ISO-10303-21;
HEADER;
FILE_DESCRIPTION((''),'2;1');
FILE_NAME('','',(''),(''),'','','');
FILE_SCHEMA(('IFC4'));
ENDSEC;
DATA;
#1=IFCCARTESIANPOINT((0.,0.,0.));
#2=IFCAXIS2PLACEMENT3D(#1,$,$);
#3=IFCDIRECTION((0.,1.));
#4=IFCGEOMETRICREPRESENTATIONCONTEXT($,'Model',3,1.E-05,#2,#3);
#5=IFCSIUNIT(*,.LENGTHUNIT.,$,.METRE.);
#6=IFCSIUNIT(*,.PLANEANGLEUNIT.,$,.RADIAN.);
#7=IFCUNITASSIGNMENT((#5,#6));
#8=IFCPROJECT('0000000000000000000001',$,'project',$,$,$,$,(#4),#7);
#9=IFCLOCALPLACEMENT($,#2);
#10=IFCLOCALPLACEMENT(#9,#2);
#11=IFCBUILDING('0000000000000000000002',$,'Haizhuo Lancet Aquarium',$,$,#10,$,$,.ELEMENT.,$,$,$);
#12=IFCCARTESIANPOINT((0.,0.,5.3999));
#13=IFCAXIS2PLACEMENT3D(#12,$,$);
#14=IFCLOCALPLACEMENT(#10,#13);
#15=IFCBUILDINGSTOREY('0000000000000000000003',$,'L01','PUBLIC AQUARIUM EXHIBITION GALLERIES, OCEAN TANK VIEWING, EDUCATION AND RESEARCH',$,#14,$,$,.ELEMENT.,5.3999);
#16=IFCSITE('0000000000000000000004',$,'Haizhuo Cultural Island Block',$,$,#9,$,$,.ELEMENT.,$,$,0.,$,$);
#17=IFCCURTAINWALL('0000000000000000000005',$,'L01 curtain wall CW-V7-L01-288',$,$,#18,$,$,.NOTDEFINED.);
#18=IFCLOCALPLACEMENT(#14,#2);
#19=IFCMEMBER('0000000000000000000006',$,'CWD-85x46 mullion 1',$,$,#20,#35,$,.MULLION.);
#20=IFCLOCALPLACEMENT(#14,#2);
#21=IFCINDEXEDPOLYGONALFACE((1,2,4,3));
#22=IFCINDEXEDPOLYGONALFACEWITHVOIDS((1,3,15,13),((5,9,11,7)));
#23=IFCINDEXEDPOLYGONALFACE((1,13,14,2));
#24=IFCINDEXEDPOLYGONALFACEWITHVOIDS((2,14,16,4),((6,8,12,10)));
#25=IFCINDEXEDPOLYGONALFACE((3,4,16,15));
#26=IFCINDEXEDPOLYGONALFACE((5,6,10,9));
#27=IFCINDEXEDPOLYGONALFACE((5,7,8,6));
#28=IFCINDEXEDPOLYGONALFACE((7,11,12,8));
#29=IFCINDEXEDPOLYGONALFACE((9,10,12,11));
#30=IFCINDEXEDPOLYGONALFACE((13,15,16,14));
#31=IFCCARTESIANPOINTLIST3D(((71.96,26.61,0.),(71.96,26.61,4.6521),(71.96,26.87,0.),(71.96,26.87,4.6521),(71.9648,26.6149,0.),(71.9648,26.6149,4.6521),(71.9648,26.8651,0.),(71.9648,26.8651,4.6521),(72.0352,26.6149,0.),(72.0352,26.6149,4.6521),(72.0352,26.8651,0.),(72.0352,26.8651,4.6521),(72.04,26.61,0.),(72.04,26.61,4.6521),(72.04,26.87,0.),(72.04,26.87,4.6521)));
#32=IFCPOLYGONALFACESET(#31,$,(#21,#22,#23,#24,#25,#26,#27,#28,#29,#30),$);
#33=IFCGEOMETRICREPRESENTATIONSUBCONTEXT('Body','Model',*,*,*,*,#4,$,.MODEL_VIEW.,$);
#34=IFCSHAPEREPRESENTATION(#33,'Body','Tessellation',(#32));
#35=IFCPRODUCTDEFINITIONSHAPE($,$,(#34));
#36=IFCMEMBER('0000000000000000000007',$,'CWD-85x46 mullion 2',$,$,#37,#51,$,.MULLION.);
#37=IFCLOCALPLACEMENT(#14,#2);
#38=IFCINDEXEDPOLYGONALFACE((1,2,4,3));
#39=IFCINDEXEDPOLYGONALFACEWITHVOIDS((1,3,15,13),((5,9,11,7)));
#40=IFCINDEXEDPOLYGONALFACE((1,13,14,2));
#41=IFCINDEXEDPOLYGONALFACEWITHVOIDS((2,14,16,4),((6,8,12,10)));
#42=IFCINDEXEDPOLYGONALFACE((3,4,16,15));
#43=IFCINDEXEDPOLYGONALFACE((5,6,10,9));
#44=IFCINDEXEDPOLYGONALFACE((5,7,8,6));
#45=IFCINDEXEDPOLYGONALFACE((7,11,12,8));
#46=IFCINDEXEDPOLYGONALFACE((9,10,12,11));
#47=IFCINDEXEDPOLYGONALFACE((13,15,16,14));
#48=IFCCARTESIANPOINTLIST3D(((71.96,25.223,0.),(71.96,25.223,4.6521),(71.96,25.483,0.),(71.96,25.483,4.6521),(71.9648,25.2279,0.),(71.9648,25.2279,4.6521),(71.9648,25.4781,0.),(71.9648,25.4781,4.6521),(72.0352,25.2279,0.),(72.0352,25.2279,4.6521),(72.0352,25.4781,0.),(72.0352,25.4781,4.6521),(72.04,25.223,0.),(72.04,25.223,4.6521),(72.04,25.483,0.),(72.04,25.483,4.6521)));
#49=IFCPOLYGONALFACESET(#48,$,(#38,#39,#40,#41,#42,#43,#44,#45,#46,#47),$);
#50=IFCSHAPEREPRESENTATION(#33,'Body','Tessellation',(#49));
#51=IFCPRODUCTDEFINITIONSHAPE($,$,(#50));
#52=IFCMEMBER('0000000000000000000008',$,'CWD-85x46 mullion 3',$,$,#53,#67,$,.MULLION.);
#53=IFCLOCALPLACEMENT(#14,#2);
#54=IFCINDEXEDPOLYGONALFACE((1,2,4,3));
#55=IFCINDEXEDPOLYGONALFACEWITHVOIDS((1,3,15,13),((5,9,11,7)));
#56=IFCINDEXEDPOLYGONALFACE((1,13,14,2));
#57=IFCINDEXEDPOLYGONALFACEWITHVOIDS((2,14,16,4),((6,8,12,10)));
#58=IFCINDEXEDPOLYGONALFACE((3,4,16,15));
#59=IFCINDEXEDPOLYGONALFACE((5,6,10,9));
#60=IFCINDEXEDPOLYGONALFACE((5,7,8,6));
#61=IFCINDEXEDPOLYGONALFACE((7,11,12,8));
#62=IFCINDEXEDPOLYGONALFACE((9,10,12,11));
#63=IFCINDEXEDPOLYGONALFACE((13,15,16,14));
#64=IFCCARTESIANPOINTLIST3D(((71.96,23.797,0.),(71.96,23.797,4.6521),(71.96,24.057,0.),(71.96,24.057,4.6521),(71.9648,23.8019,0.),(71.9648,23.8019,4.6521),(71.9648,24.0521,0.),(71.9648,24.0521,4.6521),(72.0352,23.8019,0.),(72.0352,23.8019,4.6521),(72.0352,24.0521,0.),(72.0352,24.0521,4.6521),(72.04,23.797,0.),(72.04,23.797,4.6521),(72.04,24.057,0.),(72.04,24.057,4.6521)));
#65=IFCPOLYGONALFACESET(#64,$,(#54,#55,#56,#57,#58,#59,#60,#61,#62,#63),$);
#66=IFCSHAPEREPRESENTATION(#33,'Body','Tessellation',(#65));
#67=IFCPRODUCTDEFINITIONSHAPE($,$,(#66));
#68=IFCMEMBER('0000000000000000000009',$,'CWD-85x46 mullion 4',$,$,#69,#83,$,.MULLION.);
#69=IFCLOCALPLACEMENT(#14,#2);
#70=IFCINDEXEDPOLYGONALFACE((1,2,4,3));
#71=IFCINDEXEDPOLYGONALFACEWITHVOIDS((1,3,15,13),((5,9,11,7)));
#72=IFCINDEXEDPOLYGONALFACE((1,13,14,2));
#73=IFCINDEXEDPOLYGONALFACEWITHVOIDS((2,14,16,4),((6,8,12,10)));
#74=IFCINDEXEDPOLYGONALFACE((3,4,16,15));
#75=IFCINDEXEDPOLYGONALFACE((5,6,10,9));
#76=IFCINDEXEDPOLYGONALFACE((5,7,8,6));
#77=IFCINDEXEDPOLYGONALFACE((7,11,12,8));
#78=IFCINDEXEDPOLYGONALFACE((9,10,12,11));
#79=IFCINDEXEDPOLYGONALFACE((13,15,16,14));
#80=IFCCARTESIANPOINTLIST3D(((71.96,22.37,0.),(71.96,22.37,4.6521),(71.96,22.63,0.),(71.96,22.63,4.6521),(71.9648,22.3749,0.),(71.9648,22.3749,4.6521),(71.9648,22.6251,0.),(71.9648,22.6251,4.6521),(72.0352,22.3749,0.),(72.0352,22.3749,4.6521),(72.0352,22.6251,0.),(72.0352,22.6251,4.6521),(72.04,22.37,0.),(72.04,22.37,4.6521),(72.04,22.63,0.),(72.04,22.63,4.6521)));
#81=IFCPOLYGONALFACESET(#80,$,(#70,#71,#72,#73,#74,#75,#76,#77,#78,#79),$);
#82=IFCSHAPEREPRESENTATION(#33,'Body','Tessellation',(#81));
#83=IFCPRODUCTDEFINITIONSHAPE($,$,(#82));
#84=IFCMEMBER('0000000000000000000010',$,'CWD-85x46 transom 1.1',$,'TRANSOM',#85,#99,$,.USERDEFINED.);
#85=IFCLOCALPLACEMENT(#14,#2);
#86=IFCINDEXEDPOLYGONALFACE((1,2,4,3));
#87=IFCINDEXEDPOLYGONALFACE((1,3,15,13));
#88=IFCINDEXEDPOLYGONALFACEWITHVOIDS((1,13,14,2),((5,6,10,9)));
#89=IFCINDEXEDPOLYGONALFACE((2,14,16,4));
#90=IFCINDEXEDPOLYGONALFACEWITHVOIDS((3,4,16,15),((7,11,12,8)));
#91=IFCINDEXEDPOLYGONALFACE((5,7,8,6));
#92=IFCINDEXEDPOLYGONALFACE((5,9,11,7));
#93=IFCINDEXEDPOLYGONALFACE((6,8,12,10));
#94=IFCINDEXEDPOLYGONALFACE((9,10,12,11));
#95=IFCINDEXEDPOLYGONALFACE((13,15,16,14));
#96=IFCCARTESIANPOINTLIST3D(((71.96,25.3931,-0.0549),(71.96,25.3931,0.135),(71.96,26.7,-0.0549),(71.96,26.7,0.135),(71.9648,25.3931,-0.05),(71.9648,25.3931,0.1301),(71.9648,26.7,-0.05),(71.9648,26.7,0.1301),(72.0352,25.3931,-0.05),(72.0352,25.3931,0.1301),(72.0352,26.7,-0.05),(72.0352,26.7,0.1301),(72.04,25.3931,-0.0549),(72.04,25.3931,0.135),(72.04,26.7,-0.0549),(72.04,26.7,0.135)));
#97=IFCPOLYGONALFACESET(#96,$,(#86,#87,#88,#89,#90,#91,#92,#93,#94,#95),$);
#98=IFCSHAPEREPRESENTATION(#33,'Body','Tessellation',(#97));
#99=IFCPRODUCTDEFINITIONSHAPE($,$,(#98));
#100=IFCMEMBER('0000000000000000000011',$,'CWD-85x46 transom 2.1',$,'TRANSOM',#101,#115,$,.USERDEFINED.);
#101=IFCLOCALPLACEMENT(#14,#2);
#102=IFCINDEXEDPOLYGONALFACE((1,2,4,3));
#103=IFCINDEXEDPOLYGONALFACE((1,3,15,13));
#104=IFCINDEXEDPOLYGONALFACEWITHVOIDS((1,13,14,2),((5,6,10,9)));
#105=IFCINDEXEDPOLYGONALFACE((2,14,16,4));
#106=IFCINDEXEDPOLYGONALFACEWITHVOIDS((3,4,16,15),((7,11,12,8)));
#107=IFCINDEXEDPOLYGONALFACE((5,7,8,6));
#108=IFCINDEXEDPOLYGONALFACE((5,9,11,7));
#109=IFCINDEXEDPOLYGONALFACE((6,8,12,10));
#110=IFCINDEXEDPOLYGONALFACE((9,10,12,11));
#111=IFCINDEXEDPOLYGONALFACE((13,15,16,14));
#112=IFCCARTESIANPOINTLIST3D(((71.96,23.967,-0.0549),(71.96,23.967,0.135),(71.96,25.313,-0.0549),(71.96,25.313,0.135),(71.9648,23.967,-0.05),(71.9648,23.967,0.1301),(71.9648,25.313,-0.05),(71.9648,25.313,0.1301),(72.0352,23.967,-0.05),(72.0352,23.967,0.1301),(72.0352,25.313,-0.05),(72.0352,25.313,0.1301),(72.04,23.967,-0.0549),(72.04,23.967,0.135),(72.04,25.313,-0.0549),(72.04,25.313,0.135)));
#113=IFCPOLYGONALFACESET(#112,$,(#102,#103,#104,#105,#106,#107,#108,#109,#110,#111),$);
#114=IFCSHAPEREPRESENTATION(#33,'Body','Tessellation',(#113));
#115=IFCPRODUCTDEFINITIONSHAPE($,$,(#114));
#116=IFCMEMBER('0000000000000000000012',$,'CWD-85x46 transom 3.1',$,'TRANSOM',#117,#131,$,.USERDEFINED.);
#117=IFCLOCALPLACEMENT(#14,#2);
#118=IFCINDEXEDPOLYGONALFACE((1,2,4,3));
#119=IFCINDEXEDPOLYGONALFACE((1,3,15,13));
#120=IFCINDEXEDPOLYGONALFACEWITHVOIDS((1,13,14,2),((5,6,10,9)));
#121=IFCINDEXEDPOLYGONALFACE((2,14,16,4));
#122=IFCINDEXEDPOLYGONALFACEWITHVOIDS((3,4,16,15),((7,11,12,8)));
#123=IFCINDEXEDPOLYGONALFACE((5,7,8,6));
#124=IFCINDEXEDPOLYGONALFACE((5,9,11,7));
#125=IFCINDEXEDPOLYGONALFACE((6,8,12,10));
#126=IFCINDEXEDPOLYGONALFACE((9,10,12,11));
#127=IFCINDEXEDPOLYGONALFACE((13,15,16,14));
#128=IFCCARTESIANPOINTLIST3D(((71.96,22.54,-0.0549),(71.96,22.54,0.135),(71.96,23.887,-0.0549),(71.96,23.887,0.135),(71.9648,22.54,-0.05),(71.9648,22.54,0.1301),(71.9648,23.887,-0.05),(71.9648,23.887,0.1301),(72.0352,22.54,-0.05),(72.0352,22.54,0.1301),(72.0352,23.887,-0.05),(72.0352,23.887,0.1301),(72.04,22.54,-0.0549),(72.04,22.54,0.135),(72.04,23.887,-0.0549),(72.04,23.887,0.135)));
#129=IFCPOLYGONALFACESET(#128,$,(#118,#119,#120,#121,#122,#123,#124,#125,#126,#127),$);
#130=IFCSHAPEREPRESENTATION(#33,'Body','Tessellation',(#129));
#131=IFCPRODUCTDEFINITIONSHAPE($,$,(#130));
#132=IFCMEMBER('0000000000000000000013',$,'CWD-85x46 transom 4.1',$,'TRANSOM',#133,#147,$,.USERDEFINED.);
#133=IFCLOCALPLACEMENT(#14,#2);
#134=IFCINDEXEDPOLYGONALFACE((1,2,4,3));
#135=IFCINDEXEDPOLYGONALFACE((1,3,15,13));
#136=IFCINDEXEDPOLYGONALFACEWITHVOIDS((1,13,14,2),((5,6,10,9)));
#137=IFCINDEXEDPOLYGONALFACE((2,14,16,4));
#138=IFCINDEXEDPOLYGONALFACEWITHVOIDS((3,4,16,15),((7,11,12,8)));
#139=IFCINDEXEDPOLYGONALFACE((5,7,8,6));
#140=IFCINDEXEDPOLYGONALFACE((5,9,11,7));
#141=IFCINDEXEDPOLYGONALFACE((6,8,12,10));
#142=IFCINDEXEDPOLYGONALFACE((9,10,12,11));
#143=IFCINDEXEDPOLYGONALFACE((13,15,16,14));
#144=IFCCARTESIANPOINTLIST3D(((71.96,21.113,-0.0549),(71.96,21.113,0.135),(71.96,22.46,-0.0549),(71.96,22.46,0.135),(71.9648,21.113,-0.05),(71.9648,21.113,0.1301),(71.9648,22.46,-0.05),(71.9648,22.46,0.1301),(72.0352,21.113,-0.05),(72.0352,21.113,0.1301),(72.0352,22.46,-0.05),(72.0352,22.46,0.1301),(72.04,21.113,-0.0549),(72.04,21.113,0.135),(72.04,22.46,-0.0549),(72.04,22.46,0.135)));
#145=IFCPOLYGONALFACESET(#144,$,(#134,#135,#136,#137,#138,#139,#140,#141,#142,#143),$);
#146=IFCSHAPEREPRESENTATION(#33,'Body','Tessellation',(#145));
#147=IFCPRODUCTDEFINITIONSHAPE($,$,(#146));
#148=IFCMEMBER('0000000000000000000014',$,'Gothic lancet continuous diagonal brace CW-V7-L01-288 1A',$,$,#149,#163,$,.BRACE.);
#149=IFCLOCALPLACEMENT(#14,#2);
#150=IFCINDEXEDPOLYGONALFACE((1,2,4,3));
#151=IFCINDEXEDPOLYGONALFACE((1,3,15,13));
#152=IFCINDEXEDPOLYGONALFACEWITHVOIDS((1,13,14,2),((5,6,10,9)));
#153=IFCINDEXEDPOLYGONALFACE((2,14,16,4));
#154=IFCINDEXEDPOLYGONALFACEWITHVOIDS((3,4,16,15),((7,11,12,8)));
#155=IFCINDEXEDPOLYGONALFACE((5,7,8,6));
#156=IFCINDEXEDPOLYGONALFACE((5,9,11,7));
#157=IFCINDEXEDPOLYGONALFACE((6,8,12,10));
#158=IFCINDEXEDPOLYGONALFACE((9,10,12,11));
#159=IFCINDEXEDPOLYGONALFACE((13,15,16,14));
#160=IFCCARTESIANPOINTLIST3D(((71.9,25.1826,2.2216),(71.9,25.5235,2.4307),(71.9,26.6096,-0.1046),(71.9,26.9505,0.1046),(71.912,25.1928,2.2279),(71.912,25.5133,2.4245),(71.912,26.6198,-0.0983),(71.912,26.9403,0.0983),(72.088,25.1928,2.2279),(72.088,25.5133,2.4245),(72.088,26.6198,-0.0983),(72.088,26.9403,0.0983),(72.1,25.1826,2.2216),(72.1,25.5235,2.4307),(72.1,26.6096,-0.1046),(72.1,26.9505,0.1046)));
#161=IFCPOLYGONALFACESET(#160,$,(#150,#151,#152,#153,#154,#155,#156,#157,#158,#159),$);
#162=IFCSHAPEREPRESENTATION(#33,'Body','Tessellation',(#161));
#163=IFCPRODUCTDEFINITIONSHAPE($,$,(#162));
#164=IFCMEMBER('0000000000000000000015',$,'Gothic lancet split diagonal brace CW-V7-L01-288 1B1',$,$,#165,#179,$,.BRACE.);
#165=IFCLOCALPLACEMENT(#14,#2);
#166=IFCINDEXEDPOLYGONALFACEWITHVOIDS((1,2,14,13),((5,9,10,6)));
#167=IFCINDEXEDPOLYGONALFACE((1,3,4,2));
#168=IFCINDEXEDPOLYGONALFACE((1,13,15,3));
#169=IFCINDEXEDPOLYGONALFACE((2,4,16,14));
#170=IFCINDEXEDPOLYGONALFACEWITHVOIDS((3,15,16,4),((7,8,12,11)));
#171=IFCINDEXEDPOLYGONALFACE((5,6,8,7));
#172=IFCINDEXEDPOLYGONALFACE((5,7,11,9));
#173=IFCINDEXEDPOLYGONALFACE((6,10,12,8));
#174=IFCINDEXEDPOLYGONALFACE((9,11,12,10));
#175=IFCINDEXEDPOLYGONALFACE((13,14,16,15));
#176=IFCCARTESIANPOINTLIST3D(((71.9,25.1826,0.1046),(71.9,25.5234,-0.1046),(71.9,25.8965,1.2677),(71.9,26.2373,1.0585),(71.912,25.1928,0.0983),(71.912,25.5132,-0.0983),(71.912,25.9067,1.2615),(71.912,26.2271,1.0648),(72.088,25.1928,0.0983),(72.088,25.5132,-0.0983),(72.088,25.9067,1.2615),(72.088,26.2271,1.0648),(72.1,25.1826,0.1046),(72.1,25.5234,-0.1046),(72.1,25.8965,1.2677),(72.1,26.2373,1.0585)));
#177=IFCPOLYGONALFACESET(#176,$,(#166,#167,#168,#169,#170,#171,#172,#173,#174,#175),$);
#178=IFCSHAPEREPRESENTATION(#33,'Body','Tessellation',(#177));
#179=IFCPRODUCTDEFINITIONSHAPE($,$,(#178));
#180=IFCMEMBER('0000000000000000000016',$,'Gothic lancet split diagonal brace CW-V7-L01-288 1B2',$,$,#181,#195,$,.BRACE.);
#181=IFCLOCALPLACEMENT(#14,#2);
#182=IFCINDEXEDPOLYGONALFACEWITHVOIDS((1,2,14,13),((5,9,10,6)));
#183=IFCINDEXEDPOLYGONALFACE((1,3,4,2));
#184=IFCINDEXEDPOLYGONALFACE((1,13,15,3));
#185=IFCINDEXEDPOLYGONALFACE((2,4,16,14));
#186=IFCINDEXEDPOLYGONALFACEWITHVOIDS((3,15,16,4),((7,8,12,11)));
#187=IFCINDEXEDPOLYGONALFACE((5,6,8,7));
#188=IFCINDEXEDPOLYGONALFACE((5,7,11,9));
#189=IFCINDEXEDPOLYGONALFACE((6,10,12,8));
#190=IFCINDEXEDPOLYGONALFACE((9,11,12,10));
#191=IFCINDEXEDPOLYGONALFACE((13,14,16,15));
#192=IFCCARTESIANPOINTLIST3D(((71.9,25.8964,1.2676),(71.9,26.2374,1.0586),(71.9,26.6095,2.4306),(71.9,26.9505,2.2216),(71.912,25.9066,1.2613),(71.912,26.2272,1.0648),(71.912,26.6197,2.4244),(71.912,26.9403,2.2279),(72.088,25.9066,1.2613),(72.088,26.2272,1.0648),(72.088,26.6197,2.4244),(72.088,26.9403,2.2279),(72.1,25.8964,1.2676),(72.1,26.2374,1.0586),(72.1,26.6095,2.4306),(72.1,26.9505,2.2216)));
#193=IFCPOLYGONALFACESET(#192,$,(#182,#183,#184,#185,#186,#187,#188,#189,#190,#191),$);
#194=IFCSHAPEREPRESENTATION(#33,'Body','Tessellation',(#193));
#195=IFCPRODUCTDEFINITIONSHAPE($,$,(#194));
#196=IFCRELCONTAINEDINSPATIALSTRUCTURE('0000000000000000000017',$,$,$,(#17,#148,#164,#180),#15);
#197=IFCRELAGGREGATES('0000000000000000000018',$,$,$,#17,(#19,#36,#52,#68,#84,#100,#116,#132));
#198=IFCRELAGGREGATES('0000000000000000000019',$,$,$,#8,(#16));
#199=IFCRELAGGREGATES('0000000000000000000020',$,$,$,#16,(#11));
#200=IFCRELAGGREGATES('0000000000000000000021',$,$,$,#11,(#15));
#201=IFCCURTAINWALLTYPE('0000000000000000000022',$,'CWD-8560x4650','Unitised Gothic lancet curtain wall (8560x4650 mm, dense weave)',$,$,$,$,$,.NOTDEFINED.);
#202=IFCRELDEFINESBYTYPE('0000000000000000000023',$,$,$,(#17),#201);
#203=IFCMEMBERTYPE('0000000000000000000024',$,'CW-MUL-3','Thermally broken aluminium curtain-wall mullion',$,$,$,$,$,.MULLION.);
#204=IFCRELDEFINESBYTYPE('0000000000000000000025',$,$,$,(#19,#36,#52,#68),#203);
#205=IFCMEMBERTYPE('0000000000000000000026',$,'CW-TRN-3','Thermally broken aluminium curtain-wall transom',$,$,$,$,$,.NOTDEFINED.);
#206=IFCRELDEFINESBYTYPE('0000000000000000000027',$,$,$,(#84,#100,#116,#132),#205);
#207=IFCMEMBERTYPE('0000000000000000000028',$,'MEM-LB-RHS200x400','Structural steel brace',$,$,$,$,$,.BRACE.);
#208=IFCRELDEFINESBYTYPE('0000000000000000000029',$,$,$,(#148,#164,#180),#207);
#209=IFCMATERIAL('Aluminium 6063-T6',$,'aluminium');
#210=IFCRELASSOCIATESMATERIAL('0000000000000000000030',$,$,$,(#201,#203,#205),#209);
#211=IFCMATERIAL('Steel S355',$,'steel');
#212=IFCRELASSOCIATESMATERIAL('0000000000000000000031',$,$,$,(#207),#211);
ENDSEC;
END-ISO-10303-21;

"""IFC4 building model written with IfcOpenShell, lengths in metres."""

from ifc_helpers import new_model, si_unit, direction, frame, origin, origin_2d, place, context, subcontext, project, spatial, hollow_rectangle, extrude, material, material_profile, profile_set, type_object, element, aggregate, save


model = new_model("IFC4")

# Units and contexts
model_context = context("Model", 3, precision=1e-05, world=origin(), true_north=direction((0.0, 1.0)))
body_context = subcontext(model_context, "Body", "Model", "MODEL_VIEW")
ifc_project = project(units=[si_unit("LENGTHUNIT", "METRE"), si_unit("PLANEANGLEUNIT", "RADIAN")], contexts=[model_context])

# Site, building, storey
site_placement = place(None, origin())
site = spatial("IfcSite", under=ifc_project, at=site_placement, Name="Haizhuo Cultural Island Block", CompositionType="ELEMENT", RefElevation=0.0)
building_placement = place(site_placement, origin())
building = spatial("IfcBuilding", under=site, at=building_placement, Name="Haizhuo Lancet Aquarium", CompositionType="ELEMENT")
storey_placement = place(building_placement, frame((0.0, 0.0, 5.3999)))
storey = spatial("IfcBuildingStorey", under=building, at=storey_placement, Name="L01", Description="PUBLIC AQUARIUM EXHIBITION GALLERIES, OCEAN TANK VIEWING, EDUCATION AND RESEARCH", CompositionType="ELEMENT", Elevation=5.3999)

# Curtain wall, members
ifc_material_1 = material(Name="Aluminium 6063-T6", Category="aluminium")
curtain_wall_type = type_object("IfcCurtainWallType", Name="CWD-8560x4650", Description="Unitised Gothic lancet curtain wall (8560x4650 mm, dense weave)", PredefinedType="NOTDEFINED", material=ifc_material_1)
curtain_wall_placement = place(storey_placement, origin())
curtain_wall = element("IfcCurtainWall", 1, at=curtain_wall_placement, inside=storey, type_object=curtain_wall_type, Name="L01 curtain wall CW-V7-L01-288", PredefinedType="NOTDEFINED")
ifc_material_profile_1 = material_profile(ifc_material_1, hollow_rectangle(XDim=0.0801, YDim=0.26, WallThickness=0.0049, at=origin_2d()), Name="ALU-M 80x260x5")
ifc_profile_set_1 = profile_set([ifc_material_profile_1], Name="Aluminium 6063-T6")
member_type_1 = type_object("IfcMemberType", Name="CW-MUL-3", Description="Thermally broken aluminium curtain-wall mullion", PredefinedType="MULLION", material=ifc_profile_set_1)
member_1_placement = place(storey_placement, frame((72.0, 26.74, 0.0), z_axis=(0.0, 0.0, 1.0), x_axis=(1.0, 0.0, 0.0)))
member_1 = element("IfcMember", 2, at=member_1_placement, type_object=member_type_1, Name="CWD-85x46 mullion 1", PredefinedType="MULLION", context=body_context, shape_type="SweptSolid", body=[
    extrude(hollow_rectangle(XDim=0.0801, YDim=0.26, WallThickness=0.0049, at=origin_2d()), origin(), (0.0, 0.0, 1.0), 4.6521),
])
member_2_placement = place(storey_placement, frame((72.0, 25.353, 0.0), z_axis=(0.0, 0.0, 1.0), x_axis=(1.0, 0.0, 0.0)))
member_2 = element("IfcMember", 3, at=member_2_placement, type_object=member_type_1, Name="CWD-85x46 mullion 2", PredefinedType="MULLION", context=body_context, shape_type="SweptSolid", body=[
    extrude(hollow_rectangle(XDim=0.0801, YDim=0.26, WallThickness=0.0049, at=origin_2d()), origin(), (0.0, 0.0, 1.0), 4.6521),
])
member_3_placement = place(storey_placement, frame((72.0, 23.927, 0.0), z_axis=(0.0, 0.0, 1.0), x_axis=(1.0, 0.0, 0.0)))
member_3 = element("IfcMember", 4, at=member_3_placement, type_object=member_type_1, Name="CWD-85x46 mullion 3", PredefinedType="MULLION", context=body_context, shape_type="SweptSolid", body=[
    extrude(hollow_rectangle(XDim=0.0801, YDim=0.26, WallThickness=0.0049, at=origin_2d()), origin(), (0.0, 0.0, 1.0), 4.6521),
])
member_4_placement = place(storey_placement, frame((72.0, 22.5, 0.0), z_axis=(0.0, 0.0, 1.0), x_axis=(1.0, 0.0, 0.0)))
member_4 = element("IfcMember", 5, at=member_4_placement, type_object=member_type_1, Name="CWD-85x46 mullion 4", PredefinedType="MULLION", context=body_context, shape_type="SweptSolid", body=[
    extrude(hollow_rectangle(XDim=0.0801, YDim=0.26, WallThickness=0.0049, at=origin_2d()), origin(), (0.0, 0.0, 1.0), 4.6521),
])
ifc_material_profile_2 = material_profile(ifc_material_1, hollow_rectangle(XDim=0.0801, YDim=0.1899, WallThickness=0.0049, at=origin_2d()), Name="ALU-T 80x190x5")
ifc_profile_set_2 = profile_set([ifc_material_profile_2], Name="Aluminium 6063-T6")
member_type_2 = type_object("IfcMemberType", Name="CW-TRN-3", Description="Thermally broken aluminium curtain-wall transom", PredefinedType="NOTDEFINED", material=ifc_profile_set_2)
member_5_placement = place(storey_placement, frame((72.0, 26.7, 0.04), z_axis=(0.0, -1.0, 0.0), x_axis=(1.0, 0.0, 0.0)))
member_5 = element("IfcMember", 6, at=member_5_placement, type_object=member_type_2, Name="CWD-85x46 transom 1.1", ObjectType="TRANSOM", PredefinedType="USERDEFINED", context=body_context, shape_type="SweptSolid", body=[
    extrude(hollow_rectangle(XDim=0.0801, YDim=0.1899, WallThickness=0.0049, at=origin_2d()), origin(), (0.0, 0.0, 1.0), 1.3069),
])
member_6_placement = place(storey_placement, frame((72.0, 25.313, 0.04), z_axis=(0.0, -1.0, 0.0), x_axis=(1.0, 0.0, 0.0)))
member_6 = element("IfcMember", 7, at=member_6_placement, type_object=member_type_2, Name="CWD-85x46 transom 2.1", ObjectType="TRANSOM", PredefinedType="USERDEFINED", context=body_context, shape_type="SweptSolid", body=[
    extrude(hollow_rectangle(XDim=0.0801, YDim=0.1899, WallThickness=0.0049, at=origin_2d()), origin(), (0.0, 0.0, 1.0), 1.3459),
])
member_7_placement = place(storey_placement, frame((72.0, 23.887, 0.04), z_axis=(0.0, -1.0, 0.0), x_axis=(1.0, 0.0, 0.0)))
member_7 = element("IfcMember", 8, at=member_7_placement, type_object=member_type_2, Name="CWD-85x46 transom 3.1", ObjectType="TRANSOM", PredefinedType="USERDEFINED", context=body_context, shape_type="SweptSolid", body=[
    extrude(hollow_rectangle(XDim=0.0801, YDim=0.1899, WallThickness=0.0049, at=origin_2d()), origin(), (0.0, 0.0, 1.0), 1.3469),
])
member_8_placement = place(storey_placement, frame((72.0, 22.46, 0.04), z_axis=(0.0, -1.0, 0.0), x_axis=(1.0, 0.0, 0.0)))
member_8 = element("IfcMember", 9, at=member_8_placement, type_object=member_type_2, Name="CWD-85x46 transom 4.1", ObjectType="TRANSOM", PredefinedType="USERDEFINED", context=body_context, shape_type="SweptSolid", body=[
    extrude(hollow_rectangle(XDim=0.0801, YDim=0.1899, WallThickness=0.0049, at=origin_2d()), origin(), (0.0, 0.0, 1.0), 1.3469),
])

# Members
ifc_material_2 = material(Name="Steel S355", Category="steel")
ifc_material_profile_3 = material_profile(ifc_material_2, hollow_rectangle(XDim=0.2, YDim=0.3999, WallThickness=0.012, at=origin_2d()), Name="RHS 200x400x12")
ifc_profile_set_3 = profile_set([ifc_material_profile_3], Name="Steel S355")
member_type_3 = type_object("IfcMemberType", Name="MEM-LB-RHS200x400", Description="Structural steel brace", PredefinedType="BRACE", material=ifc_profile_set_3)
member_9_placement = place(storey_placement, frame((72.0, 26.78, 0.0), z_axis=(0.0, -0.522904, 0.852392), x_axis=(1.0, 0.0, 0.0)))
element("IfcMember", 10, at=member_9_placement, inside=storey, type_object=member_type_3, Name="Gothic lancet continuous diagonal brace CW-V7-L01-288 1A", PredefinedType="BRACE", context=body_context, shape_type="SweptSolid", body=[
    extrude(hollow_rectangle(XDim=0.2, YDim=0.3999, WallThickness=0.012, at=origin_2d()), origin(), (0.0, 0.0, 1.0), 2.729),
])
member_10_placement = place(storey_placement, frame((72.0, 25.353, 0.0), z_axis=(0.0, 0.523099, 0.852272), x_axis=(-1.0, 0.0, 0.0)))
element("IfcMember", 11, at=member_10_placement, inside=storey, type_object=member_type_3, Name="Gothic lancet split diagonal brace CW-V7-L01-288 1B1", PredefinedType="BRACE", context=body_context, shape_type="SweptSolid", body=[
    extrude(hollow_rectangle(XDim=0.2, YDim=0.3999, WallThickness=0.012, at=origin_2d()), origin(), (0.0, 0.0, 1.0), 1.3647),
])
member_11_placement = place(storey_placement, frame((72.0, 26.0669, 1.1631), z_axis=(0.0, 0.522709, 0.852511), x_axis=(-1.0, 0.0, 0.0)))
element("IfcMember", 12, at=member_11_placement, inside=storey, type_object=member_type_3, Name="Gothic lancet split diagonal brace CW-V7-L01-288 1B2", PredefinedType="BRACE", context=body_context, shape_type="SweptSolid", body=[
    extrude(hollow_rectangle(XDim=0.2, YDim=0.3999, WallThickness=0.012, at=origin_2d()), origin(), (0.0, 0.0, 1.0), 1.3643),
])

aggregate(curtain_wall, [member_1, member_2, member_3, member_4, member_5, member_6, member_7, member_8])

save(model, "model.ifc")
